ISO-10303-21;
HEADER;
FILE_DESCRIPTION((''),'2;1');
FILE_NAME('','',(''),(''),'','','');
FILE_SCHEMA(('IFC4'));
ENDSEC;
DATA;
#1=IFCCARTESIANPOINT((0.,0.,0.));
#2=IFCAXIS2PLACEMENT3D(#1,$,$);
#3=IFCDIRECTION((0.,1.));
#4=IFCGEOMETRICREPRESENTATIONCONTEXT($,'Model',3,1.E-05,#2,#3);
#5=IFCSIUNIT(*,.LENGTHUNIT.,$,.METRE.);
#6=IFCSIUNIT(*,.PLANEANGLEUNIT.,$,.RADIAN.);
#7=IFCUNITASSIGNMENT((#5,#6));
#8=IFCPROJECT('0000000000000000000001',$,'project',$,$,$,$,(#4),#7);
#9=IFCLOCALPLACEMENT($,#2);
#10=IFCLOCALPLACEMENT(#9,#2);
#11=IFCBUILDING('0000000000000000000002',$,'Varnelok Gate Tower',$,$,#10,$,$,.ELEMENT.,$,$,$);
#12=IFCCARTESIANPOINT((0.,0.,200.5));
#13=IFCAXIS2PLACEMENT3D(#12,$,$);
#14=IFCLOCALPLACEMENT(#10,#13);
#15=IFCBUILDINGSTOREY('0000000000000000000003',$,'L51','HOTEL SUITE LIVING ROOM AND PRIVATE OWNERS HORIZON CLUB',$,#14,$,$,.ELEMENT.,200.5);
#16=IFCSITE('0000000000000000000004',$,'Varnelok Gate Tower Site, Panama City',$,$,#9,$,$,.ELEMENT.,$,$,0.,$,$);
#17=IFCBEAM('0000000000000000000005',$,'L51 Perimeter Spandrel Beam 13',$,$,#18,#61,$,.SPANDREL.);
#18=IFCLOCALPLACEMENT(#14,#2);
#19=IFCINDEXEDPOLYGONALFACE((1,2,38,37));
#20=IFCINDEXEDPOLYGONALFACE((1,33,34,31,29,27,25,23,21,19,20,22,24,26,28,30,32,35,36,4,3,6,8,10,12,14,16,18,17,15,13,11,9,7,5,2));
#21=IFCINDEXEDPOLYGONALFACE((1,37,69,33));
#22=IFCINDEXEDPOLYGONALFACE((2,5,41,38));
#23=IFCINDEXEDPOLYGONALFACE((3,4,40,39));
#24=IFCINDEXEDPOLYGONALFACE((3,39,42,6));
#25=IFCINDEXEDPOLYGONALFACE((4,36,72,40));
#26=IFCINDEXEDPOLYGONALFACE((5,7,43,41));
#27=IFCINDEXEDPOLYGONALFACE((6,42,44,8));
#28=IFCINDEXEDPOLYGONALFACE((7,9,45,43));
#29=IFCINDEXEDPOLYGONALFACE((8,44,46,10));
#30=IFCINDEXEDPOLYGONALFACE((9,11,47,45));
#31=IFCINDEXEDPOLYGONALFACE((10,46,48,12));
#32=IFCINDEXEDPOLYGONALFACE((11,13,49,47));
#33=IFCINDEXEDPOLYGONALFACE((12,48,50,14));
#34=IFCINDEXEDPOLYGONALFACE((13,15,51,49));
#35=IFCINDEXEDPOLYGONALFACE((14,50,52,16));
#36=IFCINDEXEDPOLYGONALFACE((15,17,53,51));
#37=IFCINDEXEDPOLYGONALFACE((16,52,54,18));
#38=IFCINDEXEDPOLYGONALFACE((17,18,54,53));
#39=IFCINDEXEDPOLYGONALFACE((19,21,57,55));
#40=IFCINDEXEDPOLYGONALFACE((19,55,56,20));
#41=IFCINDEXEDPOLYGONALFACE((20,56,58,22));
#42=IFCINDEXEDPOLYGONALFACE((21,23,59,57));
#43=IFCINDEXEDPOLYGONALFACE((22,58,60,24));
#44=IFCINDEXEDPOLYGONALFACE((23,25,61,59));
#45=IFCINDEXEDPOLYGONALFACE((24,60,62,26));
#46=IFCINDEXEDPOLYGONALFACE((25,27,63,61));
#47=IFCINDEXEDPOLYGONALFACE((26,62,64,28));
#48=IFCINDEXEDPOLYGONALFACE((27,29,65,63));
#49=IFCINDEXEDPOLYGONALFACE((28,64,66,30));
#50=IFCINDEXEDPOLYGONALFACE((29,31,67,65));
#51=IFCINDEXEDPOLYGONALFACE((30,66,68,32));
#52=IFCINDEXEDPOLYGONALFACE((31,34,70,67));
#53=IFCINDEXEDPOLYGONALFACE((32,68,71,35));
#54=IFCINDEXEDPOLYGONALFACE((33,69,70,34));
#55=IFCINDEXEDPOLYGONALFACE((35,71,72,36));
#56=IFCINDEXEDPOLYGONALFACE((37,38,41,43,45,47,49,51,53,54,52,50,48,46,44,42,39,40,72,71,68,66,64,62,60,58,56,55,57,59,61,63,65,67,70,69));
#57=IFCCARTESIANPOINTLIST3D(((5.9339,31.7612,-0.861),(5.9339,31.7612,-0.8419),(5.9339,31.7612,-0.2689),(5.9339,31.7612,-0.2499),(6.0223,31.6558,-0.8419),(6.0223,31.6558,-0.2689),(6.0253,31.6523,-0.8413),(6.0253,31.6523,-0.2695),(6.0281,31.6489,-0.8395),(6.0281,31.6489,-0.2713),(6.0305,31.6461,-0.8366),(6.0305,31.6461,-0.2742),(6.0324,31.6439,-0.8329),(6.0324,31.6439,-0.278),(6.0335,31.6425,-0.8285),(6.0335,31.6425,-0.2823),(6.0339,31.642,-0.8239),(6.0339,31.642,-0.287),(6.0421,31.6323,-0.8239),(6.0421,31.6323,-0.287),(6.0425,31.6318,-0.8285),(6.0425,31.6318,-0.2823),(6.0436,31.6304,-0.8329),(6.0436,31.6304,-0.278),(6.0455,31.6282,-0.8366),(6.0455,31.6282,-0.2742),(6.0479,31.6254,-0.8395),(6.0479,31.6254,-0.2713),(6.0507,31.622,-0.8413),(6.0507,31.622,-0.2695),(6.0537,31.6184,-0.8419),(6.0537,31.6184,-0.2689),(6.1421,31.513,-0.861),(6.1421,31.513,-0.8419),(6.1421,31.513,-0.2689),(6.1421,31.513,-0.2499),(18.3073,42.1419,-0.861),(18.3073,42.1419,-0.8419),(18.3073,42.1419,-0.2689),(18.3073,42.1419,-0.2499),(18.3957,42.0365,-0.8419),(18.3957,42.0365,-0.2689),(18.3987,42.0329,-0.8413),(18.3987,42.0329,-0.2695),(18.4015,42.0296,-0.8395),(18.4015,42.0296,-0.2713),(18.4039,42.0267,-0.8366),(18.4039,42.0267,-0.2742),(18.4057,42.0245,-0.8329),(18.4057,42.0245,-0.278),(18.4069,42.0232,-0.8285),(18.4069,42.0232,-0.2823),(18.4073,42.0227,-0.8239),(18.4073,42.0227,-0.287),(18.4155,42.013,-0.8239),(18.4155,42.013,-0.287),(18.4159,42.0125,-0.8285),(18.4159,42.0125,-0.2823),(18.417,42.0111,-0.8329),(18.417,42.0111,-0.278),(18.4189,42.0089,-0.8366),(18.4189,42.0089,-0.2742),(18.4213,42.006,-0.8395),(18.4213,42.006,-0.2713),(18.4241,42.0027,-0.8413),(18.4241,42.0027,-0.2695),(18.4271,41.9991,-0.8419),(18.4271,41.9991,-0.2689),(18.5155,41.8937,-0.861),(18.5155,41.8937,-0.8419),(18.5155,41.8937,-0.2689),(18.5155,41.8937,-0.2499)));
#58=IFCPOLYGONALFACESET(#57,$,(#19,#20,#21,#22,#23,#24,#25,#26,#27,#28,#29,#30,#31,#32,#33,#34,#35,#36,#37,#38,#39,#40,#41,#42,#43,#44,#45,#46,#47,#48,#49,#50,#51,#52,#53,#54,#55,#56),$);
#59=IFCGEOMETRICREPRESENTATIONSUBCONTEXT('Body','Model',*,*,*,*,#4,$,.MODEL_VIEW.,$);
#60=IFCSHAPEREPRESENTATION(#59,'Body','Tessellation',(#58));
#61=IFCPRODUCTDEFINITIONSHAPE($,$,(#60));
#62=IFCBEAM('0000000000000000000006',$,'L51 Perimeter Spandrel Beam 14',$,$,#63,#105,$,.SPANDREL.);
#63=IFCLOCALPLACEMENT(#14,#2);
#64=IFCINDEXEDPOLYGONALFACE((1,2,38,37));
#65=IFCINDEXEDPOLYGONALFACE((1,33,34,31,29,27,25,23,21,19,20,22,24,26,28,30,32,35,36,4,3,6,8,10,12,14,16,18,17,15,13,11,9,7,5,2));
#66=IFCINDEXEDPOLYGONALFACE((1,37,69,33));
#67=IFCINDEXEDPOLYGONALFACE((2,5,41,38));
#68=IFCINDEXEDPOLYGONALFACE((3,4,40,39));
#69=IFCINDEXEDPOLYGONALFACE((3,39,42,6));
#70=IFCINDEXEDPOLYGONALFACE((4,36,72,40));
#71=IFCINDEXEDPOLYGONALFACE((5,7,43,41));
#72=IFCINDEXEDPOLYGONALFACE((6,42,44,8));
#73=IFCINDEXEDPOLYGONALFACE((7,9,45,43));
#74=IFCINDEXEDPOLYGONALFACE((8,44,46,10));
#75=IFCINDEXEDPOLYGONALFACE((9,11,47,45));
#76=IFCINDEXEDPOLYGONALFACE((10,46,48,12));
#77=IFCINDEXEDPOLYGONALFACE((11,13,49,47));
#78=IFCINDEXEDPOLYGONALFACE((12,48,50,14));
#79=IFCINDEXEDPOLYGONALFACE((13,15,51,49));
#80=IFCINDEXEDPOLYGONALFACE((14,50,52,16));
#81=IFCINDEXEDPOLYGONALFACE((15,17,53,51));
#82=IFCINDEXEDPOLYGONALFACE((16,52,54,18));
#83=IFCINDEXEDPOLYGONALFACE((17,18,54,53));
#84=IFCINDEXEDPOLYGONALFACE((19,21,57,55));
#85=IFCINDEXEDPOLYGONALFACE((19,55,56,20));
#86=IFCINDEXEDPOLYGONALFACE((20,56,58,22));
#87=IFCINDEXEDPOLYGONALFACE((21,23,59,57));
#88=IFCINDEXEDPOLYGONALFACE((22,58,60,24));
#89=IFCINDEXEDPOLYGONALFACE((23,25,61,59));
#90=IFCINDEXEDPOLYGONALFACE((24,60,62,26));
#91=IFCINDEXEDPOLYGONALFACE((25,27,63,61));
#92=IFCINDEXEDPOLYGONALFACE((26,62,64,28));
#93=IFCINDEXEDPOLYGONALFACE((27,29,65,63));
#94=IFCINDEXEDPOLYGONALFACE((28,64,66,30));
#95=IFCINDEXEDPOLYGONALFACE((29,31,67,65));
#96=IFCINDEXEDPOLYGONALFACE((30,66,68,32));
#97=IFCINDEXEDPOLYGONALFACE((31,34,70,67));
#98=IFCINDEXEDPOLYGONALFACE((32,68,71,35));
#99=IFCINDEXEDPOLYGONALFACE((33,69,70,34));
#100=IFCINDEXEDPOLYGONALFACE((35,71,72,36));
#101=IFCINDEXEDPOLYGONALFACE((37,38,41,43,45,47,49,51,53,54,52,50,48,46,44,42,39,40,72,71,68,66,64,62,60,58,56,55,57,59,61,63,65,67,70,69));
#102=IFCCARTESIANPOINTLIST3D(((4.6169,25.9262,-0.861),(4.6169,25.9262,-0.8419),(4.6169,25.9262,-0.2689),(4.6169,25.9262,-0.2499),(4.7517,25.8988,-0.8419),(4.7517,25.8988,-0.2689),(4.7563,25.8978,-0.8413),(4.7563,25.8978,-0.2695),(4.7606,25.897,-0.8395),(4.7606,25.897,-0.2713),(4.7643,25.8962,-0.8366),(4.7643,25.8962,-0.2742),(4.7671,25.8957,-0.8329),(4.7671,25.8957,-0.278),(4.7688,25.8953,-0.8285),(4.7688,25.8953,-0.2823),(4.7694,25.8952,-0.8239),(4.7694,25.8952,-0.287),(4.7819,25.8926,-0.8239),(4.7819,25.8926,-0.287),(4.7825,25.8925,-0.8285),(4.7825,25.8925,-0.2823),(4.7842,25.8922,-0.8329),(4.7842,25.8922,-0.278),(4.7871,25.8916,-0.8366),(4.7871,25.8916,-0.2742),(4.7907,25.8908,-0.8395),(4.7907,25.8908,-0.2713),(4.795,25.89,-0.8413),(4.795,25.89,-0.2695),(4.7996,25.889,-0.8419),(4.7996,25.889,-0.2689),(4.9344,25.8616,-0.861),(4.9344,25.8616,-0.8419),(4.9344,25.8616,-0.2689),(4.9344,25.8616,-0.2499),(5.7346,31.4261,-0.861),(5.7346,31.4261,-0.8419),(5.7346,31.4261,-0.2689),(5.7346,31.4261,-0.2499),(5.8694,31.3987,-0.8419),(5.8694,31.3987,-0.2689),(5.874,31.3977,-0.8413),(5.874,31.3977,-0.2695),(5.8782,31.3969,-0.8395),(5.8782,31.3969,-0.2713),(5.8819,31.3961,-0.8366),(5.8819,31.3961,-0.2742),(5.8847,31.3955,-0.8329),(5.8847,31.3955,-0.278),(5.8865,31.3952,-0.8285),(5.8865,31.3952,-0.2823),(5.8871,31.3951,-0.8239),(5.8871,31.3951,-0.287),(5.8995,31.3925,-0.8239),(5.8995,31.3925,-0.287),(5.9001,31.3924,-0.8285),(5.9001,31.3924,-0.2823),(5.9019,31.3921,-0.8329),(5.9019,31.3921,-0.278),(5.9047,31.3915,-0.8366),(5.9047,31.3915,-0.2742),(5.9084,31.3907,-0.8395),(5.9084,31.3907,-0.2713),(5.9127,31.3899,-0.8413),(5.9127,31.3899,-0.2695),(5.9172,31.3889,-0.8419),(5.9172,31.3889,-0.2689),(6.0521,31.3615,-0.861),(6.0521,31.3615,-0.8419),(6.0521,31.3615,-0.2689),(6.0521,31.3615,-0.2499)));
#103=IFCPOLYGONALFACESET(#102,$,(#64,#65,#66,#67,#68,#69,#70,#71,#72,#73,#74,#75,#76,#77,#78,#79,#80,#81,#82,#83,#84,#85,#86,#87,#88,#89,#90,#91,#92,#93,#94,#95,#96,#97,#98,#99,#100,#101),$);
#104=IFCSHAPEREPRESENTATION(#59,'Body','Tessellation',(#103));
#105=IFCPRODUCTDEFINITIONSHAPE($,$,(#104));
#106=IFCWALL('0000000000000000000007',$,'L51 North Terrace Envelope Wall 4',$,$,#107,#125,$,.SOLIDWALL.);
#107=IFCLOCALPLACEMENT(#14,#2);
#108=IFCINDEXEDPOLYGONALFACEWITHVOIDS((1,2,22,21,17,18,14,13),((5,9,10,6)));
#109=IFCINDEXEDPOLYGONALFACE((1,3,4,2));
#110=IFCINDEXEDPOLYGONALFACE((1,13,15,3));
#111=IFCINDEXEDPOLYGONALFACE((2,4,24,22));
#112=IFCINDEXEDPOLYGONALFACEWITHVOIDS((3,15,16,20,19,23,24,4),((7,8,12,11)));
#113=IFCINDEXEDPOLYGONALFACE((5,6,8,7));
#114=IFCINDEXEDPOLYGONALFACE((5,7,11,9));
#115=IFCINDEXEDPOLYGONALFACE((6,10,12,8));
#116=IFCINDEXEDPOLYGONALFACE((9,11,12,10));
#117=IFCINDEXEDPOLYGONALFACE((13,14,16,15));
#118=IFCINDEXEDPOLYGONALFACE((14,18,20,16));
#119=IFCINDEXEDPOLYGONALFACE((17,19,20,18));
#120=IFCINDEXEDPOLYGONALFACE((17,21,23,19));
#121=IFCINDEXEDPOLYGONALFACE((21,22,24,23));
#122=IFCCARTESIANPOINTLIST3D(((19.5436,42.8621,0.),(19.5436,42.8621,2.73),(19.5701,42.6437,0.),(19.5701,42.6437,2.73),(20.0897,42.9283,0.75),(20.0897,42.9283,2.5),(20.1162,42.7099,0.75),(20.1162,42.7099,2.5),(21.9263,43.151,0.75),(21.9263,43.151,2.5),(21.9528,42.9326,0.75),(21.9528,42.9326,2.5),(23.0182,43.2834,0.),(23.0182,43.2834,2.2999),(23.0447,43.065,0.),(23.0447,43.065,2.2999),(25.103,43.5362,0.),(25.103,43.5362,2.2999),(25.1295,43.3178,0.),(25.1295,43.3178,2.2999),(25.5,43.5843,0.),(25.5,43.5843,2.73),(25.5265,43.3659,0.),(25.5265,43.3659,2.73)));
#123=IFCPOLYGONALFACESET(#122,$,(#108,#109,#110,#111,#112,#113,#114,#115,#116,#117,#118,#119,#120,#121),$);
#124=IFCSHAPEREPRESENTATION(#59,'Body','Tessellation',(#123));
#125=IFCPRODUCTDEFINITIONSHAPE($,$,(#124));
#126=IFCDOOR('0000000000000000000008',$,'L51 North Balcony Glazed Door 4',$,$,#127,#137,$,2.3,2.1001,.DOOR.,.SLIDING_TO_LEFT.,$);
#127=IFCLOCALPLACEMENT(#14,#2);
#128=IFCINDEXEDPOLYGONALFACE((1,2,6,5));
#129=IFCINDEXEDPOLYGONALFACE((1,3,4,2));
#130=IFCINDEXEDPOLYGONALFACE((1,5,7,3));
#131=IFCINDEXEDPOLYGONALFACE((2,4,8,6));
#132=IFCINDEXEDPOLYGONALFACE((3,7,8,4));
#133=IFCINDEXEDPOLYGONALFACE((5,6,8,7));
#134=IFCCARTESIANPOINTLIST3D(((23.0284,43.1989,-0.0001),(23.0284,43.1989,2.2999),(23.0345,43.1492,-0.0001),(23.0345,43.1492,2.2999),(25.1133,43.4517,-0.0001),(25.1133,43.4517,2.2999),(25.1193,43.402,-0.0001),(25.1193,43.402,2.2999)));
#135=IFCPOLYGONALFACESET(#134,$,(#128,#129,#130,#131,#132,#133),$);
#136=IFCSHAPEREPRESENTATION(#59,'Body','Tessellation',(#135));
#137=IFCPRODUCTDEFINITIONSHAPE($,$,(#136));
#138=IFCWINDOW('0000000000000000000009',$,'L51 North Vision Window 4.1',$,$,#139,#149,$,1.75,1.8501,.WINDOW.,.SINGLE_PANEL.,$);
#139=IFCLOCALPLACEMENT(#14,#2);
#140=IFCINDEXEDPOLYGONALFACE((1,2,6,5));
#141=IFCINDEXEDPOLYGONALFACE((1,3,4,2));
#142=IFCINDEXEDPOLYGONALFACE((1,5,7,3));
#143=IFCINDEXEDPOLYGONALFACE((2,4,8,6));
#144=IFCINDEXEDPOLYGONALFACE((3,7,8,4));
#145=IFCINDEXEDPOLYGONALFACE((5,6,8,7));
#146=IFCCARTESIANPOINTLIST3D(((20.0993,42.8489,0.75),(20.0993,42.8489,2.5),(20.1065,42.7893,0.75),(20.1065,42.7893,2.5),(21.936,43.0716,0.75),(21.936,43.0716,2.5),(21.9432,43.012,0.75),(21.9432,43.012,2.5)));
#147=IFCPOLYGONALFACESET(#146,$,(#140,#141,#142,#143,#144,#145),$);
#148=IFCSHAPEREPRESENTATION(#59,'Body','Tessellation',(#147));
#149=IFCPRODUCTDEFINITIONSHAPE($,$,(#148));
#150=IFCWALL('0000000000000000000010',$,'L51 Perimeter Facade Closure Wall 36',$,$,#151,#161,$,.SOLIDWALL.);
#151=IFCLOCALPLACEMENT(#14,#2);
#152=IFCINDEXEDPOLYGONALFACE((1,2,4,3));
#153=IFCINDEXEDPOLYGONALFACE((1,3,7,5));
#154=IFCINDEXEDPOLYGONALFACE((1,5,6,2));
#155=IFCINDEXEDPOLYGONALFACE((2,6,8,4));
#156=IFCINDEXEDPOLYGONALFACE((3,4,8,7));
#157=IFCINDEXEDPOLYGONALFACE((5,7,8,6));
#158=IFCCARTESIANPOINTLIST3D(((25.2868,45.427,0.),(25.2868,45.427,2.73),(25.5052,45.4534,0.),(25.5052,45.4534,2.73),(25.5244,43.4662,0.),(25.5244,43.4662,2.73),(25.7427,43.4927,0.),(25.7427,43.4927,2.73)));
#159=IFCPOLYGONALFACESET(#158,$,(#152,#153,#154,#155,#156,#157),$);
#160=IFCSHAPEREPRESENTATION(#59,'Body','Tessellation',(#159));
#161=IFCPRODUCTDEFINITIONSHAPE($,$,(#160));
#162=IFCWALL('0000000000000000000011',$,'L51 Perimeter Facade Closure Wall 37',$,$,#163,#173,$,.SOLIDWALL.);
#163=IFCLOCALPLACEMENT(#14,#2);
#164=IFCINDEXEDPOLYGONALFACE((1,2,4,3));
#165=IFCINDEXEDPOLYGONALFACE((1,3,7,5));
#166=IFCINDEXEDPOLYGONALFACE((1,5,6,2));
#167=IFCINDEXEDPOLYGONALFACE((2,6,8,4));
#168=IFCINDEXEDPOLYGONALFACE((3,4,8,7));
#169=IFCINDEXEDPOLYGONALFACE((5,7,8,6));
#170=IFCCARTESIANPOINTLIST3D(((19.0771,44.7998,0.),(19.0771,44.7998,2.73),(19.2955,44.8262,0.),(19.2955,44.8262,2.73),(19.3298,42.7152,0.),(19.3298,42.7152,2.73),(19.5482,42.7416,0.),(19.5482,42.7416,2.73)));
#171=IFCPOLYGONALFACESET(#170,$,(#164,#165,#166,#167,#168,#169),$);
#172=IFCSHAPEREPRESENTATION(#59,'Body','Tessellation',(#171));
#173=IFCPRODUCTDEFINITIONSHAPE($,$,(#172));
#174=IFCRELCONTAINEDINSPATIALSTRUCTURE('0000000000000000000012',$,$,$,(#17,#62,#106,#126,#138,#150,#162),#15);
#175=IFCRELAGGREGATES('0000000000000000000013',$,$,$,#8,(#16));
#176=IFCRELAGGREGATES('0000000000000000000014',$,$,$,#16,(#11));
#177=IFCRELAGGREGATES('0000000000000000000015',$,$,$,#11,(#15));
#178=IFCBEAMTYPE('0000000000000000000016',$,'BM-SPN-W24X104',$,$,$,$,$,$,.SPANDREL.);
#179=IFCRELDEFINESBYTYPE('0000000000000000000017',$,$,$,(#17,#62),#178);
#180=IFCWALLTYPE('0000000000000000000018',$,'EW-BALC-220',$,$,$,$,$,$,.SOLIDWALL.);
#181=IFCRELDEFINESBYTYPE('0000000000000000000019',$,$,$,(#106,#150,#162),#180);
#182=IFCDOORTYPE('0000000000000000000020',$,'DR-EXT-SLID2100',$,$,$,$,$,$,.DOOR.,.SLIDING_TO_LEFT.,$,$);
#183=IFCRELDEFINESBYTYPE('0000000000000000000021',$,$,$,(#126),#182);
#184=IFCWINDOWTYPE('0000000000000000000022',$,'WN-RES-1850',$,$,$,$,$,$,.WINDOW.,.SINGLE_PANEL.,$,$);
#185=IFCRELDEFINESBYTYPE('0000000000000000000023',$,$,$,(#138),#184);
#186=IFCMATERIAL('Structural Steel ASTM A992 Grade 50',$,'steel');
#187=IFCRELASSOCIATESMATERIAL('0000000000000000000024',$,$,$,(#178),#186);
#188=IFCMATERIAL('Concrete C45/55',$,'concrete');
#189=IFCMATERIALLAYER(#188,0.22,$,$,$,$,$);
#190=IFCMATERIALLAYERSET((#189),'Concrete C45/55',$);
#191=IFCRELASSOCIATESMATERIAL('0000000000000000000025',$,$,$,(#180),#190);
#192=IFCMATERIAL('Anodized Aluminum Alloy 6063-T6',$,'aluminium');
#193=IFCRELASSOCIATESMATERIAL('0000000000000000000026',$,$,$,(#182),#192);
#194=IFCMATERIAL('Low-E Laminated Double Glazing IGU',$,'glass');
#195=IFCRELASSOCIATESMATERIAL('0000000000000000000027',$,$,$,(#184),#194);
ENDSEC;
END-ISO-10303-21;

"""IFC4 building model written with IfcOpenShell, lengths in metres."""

from ifc_helpers import new_model, si_unit, direction, frame, frame_2d, origin, origin_2d, place, context, subcontext, project, spatial, rectangle, i_section, extrude, material, layer, layer_set, material_profile, profile_set, type_object, element, fill, save


model = new_model("IFC4")

# Units and contexts
model_context = context("Model", 3, precision=1e-05, world=origin(), true_north=direction((0.0, 1.0)))
body_context = subcontext(model_context, "Body", "Model", "MODEL_VIEW")
ifc_project = project(units=[si_unit("LENGTHUNIT", "METRE"), si_unit("PLANEANGLEUNIT", "RADIAN")], contexts=[model_context])

# Site, building, storey
site_placement = place(None, origin())
site = spatial("IfcSite", under=ifc_project, at=site_placement, Name="Varnelok Gate Tower Site, Panama City", CompositionType="ELEMENT", RefElevation=0.0)
building_placement = place(site_placement, origin())
building = spatial("IfcBuilding", under=site, at=building_placement, Name="Varnelok Gate Tower", CompositionType="ELEMENT")
storey_placement = place(building_placement, frame((0.0, 0.0, 200.5)))
storey = spatial("IfcBuildingStorey", under=building, at=storey_placement, Name="L51", Description="HOTEL SUITE LIVING ROOM AND PRIVATE OWNERS HORIZON CLUB", CompositionType="ELEMENT", Elevation=200.5)

# Shared definitions
ifc_material_1 = material(Name="Structural Steel ASTM A992 Grade 50", Category="steel")

# Beams
ifc_material_profile_1 = material_profile(ifc_material_1, i_section(OverallWidth=0.324, OverallDepth=0.6111, WebThickness=0.0127, FlangeThickness=0.019, FilletRadius=0.0181, at=origin_2d()), Name="W24X104")
ifc_profile_set_1 = profile_set([ifc_material_profile_1], Name="Structural Steel ASTM A992 Grade 50")
beam_type_1 = type_object("IfcBeamType", Name="BM-SPN-W24X104", PredefinedType="SPANDREL", material=ifc_profile_set_1)
beam_1_placement = place(storey_placement, frame((18.4114, 42.0178, -0.5554), z_axis=(-0.7661, -0.642722, 0.0), x_axis=(0.642722, -0.7661, 0.0)))
element("IfcBeam", 1, at=beam_1_placement, inside=storey, type_object=beam_type_1, Name="L51 Perimeter Spandrel Beam 13", PredefinedType="SPANDREL", context=body_context, shape_type="SweptSolid", body=[
    extrude(i_section(OverallWidth=0.324, OverallDepth=0.6111, WebThickness=0.0127, FlangeThickness=0.019, FilletRadius=0.0181, at=origin_2d()), origin(), (0.0, 0.0, 1.0), 16.1511),
])
beam_2_placement = place(storey_placement, frame((5.8933, 31.3938, -0.5554), z_axis=(-0.199143, -0.97997, 0.0), x_axis=(0.97997, -0.199143, 0.0)))
element("IfcBeam", 2, at=beam_2_placement, inside=storey, type_object=beam_type_1, Name="L51 Perimeter Spandrel Beam 14", PredefinedType="SPANDREL", context=body_context, shape_type="SweptSolid", body=[
    extrude(i_section(OverallWidth=0.324, OverallDepth=0.6111, WebThickness=0.0127, FlangeThickness=0.019, FilletRadius=0.0181, at=origin_2d()), origin(), (0.0, 0.0, 1.0), 5.6123),
])

# Wall, openings, door, window
ifc_material_2 = material(Name="Concrete C45/55", Category="concrete")
ifc_layer_1 = layer(ifc_material_2, 0.22)
ifc_layer_set_1 = layer_set([ifc_layer_1], Name="Concrete C45/55")
wall_type_1 = type_object("IfcWallType", Name="EW-BALC-220", PredefinedType="SOLIDWALL", material=ifc_layer_set_1)
wall_1_placement = place(storey_placement, frame((19.5569, 42.7529, 0.0), z_axis=(0.0, 0.0, 1.0), x_axis=(0.99273, 0.120363, 0.0)))
wall_1 = element("IfcWall", 3, at=wall_1_placement, inside=storey, type_object=wall_type_1, Name="L51 North Terrace Envelope Wall 4", PredefinedType="SOLIDWALL", context=body_context, shape_type="SweptSolid", body=[
    extrude(rectangle(XDim=6.0, YDim=0.22, at=frame_2d((3.0, 0.0))), origin(), (0.0, 0.0, 1.0), 2.73),
])
opening_1_placement = place(wall_1_placement, frame((3.5, 0.0, 0.0)))
opening_1 = element("IfcOpeningElement", 4, at=opening_1_placement, cuts=wall_1, PredefinedType="OPENING", context=body_context, shape_type="SweptSolid", body=[
    extrude(rectangle(XDim=2.1001, YDim=2.3, at=frame_2d((1.05, 1.1499))), frame((0.0, 0.1199, 0.0), z_axis=(0.0, -1.0, 0.0), x_axis=(1.0, 0.0, 0.0)), (0.0, 0.0, 1.0), 0.24),
])
opening_2_placement = place(wall_1_placement, frame((0.55, 0.0, 0.75)))
opening_2 = element("IfcOpeningElement", 5, at=opening_2_placement, cuts=wall_1, PredefinedType="OPENING", context=body_context, shape_type="SweptSolid", body=[
    extrude(rectangle(XDim=1.8501, YDim=1.75, at=frame_2d((0.925, 0.875))), frame((0.0, 0.1199, 0.0), z_axis=(0.0, -1.0, 0.0), x_axis=(1.0, 0.0, 0.0)), (0.0, 0.0, 1.0), 0.24),
])
ifc_material_3 = material(Name="Anodized Aluminum Alloy 6063-T6", Category="aluminium")
door_type_1 = type_object("IfcDoorType", Name="DR-EXT-SLID2100", OperationType="SLIDING_TO_LEFT", PredefinedType="DOOR", material=ifc_material_3)
door_1_placement = place(opening_1_placement, origin())
door_1 = element("IfcDoor", 6, at=door_1_placement, inside=storey, type_object=door_type_1, Name="L51 North Balcony Glazed Door 4", OperationType="SLIDING_TO_LEFT", OverallHeight=2.3, OverallWidth=2.1001, PredefinedType="DOOR", context=body_context, shape_type="SweptSolid", body=[
    extrude(rectangle(XDim=2.1001, YDim=2.3, at=frame_2d((1.05, 1.1499))), frame((0.0, 0.0249, 0.0), z_axis=(0.0, -1.0, 0.0), x_axis=(1.0, 0.0, 0.0)), (0.0, 0.0, 1.0), 0.05),
])
fill(opening_1, door_1)
ifc_material_4 = material(Name="Low-E Laminated Double Glazing IGU", Category="glass")
window_type_1 = type_object("IfcWindowType", Name="WN-RES-1850", PartitioningType="SINGLE_PANEL", PredefinedType="WINDOW", material=ifc_material_4)
window_1_placement = place(opening_2_placement, origin())
window_1 = element("IfcWindow", 7, at=window_1_placement, inside=storey, type_object=window_type_1, Name="L51 North Vision Window 4.1", OverallHeight=1.75, OverallWidth=1.8501, PartitioningType="SINGLE_PANEL", PredefinedType="WINDOW", context=body_context, shape_type="SweptSolid", body=[
    extrude(rectangle(XDim=1.8501, YDim=1.75, at=frame_2d((0.925, 0.875))), frame((0.0, 0.03, 0.0), z_axis=(0.0, -1.0, 0.0), x_axis=(1.0, 0.0, 0.0)), (0.0, 0.0, 1.0), 0.0601),
])
fill(opening_2, window_1)

# Walls
wall_2_placement = place(storey_placement, frame((25.396, 45.4402, 0.0), z_axis=(0.0, 0.0, 1.0), x_axis=(0.120276, -0.99274, 0.0)))
element("IfcWall", 8, at=wall_2_placement, inside=storey, type_object=wall_type_1, Name="L51 Perimeter Facade Closure Wall 36", PredefinedType="SOLIDWALL", context=body_context, shape_type="SweptSolid", body=[
    extrude(rectangle(XDim=1.9751, YDim=0.22, at=frame_2d((0.9875, 0.0))), origin(), (0.0, 0.0, 1.0), 2.73),
])
wall_3_placement = place(storey_placement, frame((19.439, 42.7285, 0.0), z_axis=(0.0, 0.0, 1.0), x_axis=(-0.120328, 0.992734, 0.0)))
element("IfcWall", 9, at=wall_3_placement, inside=storey, type_object=wall_type_1, Name="L51 Perimeter Facade Closure Wall 37", PredefinedType="SOLIDWALL", context=body_context, shape_type="SweptSolid", body=[
    extrude(rectangle(XDim=2.0999, YDim=0.22, at=frame_2d((1.0498, 0.0))), origin(), (0.0, 0.0, 1.0), 2.73),
])

save(model, "model.ifc")
